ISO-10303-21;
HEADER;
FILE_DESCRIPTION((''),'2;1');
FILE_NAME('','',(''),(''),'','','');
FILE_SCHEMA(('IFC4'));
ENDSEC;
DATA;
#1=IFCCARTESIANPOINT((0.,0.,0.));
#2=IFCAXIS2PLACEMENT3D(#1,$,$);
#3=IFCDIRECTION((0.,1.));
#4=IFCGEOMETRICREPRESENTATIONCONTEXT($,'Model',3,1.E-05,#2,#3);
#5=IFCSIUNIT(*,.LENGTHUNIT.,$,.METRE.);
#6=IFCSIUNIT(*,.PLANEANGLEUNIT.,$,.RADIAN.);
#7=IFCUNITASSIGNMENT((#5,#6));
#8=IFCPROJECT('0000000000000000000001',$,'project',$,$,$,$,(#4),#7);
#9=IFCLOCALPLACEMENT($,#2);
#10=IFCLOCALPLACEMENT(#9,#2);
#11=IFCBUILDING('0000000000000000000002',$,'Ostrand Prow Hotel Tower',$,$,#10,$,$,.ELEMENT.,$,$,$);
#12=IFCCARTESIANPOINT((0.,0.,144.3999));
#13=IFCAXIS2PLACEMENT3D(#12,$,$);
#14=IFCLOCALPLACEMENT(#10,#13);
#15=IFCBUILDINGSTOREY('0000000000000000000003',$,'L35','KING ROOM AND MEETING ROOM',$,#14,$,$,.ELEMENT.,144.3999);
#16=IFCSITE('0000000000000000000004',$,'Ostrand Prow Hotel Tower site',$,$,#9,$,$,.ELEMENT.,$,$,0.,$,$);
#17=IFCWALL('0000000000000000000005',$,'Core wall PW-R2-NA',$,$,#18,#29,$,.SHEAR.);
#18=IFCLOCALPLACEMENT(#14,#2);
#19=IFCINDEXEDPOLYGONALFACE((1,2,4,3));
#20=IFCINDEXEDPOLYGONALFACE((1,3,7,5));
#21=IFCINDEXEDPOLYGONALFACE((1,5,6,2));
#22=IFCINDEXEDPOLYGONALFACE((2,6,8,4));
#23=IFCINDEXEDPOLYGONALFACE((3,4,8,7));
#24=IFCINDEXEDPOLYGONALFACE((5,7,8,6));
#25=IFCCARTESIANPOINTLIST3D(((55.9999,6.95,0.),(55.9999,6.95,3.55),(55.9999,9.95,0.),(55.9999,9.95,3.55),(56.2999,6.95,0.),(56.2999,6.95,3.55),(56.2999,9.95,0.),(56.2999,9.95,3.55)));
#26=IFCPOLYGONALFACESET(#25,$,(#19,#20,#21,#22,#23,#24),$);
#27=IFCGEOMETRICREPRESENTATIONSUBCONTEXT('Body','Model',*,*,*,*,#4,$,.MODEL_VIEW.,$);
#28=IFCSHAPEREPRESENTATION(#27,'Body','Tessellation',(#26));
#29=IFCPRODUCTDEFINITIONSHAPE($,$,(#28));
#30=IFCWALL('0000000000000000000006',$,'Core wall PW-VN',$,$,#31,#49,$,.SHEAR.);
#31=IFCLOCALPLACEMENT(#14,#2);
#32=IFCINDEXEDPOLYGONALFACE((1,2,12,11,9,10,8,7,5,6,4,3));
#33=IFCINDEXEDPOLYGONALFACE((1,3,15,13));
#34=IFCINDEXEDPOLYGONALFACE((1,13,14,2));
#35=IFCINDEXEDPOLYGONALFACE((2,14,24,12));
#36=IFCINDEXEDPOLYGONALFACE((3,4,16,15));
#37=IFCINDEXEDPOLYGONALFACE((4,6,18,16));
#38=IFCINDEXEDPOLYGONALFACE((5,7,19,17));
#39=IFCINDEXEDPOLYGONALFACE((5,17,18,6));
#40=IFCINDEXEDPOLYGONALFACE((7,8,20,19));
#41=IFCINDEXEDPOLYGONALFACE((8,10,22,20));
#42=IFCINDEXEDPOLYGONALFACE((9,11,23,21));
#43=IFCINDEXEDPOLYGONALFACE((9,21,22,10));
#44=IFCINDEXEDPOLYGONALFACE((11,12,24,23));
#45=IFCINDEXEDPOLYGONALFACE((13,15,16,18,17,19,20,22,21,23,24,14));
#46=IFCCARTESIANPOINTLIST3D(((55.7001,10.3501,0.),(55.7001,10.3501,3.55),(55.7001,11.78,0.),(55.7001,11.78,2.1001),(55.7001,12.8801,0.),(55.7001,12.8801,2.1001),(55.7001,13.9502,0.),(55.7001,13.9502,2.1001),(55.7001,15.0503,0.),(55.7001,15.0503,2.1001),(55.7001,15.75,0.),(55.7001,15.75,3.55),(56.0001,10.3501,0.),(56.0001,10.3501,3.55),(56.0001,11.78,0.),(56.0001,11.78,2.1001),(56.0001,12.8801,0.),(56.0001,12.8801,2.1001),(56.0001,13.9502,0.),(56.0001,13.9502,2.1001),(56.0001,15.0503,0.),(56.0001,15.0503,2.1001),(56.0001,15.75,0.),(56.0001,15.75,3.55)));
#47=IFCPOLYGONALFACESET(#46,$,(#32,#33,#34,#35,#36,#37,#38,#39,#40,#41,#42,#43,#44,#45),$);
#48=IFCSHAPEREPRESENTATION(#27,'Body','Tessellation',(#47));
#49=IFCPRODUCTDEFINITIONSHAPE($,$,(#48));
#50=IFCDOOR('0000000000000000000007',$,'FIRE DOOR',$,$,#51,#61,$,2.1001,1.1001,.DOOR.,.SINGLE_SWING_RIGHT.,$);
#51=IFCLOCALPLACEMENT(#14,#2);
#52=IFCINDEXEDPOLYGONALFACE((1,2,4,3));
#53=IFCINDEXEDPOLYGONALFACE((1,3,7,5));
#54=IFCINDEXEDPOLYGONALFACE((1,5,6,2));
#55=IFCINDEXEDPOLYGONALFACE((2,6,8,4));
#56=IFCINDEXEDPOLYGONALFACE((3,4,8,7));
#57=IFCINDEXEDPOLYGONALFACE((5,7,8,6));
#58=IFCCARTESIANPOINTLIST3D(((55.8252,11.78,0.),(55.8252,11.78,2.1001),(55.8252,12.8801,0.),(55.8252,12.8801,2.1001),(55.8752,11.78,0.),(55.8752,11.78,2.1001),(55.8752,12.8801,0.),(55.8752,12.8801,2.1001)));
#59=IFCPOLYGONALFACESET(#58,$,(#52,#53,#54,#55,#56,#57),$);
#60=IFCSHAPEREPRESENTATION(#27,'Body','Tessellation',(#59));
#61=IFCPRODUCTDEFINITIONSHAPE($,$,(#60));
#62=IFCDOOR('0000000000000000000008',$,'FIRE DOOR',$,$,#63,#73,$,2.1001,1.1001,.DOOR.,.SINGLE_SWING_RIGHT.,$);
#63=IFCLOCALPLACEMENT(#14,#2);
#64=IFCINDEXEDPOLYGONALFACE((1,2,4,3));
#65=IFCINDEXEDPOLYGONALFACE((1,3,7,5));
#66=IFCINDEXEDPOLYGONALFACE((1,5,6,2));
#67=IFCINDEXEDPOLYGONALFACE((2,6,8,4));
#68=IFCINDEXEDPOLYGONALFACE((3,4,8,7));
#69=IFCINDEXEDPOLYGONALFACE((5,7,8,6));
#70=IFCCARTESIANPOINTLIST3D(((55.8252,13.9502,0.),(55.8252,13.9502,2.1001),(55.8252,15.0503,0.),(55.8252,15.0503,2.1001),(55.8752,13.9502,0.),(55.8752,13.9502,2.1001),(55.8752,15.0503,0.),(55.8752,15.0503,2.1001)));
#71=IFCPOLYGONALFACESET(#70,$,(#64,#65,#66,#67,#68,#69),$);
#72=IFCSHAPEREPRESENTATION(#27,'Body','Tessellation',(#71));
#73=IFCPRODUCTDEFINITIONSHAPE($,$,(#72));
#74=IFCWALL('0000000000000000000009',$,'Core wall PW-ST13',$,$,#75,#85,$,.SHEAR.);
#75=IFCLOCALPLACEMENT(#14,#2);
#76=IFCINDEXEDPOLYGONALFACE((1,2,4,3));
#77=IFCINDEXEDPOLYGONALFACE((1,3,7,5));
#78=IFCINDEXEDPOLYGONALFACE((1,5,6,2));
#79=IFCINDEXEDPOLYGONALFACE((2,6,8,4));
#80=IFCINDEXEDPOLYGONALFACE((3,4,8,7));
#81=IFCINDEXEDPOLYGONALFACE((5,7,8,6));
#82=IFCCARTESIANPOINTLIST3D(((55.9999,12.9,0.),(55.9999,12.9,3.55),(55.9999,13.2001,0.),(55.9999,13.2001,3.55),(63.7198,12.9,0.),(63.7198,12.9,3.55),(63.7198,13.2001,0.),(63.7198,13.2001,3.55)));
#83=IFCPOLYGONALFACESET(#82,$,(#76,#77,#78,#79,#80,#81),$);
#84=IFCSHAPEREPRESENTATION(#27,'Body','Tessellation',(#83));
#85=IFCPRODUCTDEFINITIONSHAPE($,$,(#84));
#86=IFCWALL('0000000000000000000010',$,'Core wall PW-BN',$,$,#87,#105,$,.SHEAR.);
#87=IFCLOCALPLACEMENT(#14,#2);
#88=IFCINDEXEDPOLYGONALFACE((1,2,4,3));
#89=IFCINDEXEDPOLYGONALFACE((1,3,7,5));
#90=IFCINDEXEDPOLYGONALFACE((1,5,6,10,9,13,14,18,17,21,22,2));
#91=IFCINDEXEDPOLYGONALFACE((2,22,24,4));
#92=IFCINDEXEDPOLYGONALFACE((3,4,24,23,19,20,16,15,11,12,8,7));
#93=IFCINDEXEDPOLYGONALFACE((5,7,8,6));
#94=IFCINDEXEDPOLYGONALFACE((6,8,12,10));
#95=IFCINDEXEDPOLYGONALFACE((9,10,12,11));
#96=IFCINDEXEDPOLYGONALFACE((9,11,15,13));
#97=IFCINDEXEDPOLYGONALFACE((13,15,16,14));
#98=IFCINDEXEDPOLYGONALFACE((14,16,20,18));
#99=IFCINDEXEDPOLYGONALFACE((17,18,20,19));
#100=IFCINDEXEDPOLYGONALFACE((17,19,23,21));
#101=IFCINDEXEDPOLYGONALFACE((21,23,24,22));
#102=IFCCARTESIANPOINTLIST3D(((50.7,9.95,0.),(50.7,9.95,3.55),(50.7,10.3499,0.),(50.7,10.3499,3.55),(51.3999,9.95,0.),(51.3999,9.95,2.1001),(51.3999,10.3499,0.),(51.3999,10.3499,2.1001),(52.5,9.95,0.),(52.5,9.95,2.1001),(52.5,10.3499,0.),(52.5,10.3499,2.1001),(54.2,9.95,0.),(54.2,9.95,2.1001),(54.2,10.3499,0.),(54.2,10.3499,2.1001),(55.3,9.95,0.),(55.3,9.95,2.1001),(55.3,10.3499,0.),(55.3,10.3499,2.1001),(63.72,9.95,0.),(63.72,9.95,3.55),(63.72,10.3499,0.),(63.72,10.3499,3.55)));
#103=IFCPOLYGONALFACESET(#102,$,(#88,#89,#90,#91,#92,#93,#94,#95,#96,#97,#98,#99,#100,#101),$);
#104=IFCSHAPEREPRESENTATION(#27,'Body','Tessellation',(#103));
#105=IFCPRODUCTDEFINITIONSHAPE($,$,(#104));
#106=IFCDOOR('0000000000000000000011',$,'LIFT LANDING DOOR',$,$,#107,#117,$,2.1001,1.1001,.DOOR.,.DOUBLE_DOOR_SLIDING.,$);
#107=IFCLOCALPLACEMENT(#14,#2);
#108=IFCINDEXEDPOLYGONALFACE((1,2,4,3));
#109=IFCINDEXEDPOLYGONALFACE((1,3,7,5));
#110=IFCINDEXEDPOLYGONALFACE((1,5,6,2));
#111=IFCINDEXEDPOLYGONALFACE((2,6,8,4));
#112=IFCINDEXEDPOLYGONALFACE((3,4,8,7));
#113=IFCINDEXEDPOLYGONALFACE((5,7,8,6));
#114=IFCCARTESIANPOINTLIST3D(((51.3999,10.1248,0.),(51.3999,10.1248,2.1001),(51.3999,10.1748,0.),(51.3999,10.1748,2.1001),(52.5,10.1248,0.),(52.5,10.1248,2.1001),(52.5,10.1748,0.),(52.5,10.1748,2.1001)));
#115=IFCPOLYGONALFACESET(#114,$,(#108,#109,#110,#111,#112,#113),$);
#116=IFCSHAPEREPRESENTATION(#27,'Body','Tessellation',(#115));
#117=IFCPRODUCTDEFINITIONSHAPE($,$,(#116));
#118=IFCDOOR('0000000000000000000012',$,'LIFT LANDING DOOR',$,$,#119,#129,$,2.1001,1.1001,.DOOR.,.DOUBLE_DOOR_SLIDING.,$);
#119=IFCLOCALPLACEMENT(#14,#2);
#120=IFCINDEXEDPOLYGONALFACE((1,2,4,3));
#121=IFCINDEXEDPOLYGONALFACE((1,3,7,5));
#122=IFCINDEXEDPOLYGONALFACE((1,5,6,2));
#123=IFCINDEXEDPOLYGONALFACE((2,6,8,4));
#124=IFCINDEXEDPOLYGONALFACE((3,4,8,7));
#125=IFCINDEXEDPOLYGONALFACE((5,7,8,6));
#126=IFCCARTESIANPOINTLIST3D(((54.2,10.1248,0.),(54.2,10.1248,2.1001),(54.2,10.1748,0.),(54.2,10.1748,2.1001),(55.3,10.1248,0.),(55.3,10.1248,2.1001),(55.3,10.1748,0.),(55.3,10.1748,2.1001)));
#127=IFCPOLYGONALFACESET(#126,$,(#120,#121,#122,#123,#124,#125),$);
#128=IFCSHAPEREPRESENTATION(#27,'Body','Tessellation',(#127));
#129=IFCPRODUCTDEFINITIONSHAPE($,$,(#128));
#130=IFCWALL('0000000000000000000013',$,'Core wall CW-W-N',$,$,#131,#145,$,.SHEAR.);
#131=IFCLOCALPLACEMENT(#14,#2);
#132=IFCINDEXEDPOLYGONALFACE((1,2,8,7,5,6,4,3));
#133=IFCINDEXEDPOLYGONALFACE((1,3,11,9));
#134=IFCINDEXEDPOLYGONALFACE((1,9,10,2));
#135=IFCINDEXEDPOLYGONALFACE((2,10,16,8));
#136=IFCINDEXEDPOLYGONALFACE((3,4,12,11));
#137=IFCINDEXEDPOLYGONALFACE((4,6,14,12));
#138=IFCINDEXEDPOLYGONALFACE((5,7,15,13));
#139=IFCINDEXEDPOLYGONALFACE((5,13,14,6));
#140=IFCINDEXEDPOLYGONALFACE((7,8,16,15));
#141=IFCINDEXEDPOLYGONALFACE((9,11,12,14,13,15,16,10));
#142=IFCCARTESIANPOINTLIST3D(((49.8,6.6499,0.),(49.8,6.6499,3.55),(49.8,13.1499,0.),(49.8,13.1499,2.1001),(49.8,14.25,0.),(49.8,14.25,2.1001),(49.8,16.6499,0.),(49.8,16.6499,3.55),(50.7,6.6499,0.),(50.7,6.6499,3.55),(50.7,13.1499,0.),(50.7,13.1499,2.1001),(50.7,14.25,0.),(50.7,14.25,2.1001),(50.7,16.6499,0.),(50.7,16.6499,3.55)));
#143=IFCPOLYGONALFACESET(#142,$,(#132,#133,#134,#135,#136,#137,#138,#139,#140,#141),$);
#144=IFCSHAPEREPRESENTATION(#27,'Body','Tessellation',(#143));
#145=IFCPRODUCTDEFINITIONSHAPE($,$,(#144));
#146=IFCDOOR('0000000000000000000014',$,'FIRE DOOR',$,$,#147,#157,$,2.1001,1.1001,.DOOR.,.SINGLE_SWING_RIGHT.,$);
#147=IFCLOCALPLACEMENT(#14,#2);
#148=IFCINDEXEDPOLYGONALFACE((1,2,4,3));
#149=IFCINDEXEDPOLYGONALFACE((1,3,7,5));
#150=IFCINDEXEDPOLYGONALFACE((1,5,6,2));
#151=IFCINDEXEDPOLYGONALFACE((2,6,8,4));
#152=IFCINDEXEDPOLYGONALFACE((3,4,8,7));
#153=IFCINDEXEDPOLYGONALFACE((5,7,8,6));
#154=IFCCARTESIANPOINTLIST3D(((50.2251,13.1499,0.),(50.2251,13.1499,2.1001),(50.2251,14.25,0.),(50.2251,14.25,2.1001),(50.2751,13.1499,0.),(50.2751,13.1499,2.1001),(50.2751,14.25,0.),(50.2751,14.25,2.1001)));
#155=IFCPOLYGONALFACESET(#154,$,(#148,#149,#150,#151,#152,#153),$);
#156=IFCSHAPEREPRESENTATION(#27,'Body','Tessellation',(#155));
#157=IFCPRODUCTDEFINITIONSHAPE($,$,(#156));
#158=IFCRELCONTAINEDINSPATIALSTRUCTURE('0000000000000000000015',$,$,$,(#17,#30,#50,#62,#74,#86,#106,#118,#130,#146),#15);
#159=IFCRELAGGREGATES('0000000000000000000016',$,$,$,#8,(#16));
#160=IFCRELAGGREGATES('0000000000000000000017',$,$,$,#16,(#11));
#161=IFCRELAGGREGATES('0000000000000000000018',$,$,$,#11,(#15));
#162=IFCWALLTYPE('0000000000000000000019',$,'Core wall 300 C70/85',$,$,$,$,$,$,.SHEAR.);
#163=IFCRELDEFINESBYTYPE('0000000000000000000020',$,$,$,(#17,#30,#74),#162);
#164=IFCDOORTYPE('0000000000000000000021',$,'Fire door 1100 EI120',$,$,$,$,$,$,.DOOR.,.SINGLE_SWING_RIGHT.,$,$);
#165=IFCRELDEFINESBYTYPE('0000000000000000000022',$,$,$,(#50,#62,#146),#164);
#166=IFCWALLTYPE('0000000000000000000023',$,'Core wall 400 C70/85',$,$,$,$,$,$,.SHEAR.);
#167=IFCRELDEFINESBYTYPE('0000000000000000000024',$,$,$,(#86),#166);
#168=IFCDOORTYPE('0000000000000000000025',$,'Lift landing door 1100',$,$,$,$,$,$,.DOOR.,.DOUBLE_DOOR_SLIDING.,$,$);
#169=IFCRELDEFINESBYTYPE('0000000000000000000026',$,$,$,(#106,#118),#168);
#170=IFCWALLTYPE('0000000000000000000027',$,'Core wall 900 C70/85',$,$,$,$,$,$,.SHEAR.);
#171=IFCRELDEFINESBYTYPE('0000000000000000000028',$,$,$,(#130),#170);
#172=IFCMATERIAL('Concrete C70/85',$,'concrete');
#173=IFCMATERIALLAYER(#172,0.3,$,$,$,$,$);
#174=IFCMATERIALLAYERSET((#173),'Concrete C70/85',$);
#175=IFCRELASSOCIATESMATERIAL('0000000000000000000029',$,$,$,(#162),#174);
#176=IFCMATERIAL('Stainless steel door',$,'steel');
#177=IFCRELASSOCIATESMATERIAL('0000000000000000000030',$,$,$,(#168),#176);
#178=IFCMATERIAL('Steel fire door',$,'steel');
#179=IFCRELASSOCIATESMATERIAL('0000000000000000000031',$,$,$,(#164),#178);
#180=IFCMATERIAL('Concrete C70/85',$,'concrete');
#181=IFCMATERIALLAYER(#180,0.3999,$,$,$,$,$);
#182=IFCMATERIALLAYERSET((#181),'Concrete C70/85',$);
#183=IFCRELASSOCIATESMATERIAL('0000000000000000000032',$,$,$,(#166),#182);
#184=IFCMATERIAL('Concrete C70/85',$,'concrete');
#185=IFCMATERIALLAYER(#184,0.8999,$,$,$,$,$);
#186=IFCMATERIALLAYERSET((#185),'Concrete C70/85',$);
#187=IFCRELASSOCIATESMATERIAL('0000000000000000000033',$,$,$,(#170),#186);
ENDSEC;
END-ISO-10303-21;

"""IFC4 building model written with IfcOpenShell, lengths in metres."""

from ifc_helpers import new_model, si_unit, direction, frame, frame_2d, origin, place, context, subcontext, project, spatial, rectangle, extrude, material, layer, layer_set, type_object, element, fill, save


model = new_model("IFC4")

# Units and contexts
model_context = context("Model", 3, precision=1e-05, world=origin(), true_north=direction((0.0, 1.0)))
body_context = subcontext(model_context, "Body", "Model", "MODEL_VIEW")
ifc_project = project(units=[si_unit("LENGTHUNIT", "METRE"), si_unit("PLANEANGLEUNIT", "RADIAN")], contexts=[model_context])

# Site, building, storey
site_placement = place(None, origin())
site = spatial("IfcSite", under=ifc_project, at=site_placement, Name="Ostrand Prow Hotel Tower site", CompositionType="ELEMENT", RefElevation=0.0)
building_placement = place(site_placement, origin())
building = spatial("IfcBuilding", under=site, at=building_placement, Name="Ostrand Prow Hotel Tower", CompositionType="ELEMENT")
storey_placement = place(building_placement, frame((0.0, 0.0, 144.3999)))
storey = spatial("IfcBuildingStorey", under=building, at=storey_placement, Name="L35", Description="KING ROOM AND MEETING ROOM", CompositionType="ELEMENT", Elevation=144.3999)

# Shared definitions
ifc_material_1 = material(Name="Concrete C70/85", Category="concrete")
ifc_layer_1 = layer(ifc_material_1, 0.3)
ifc_layer_set_1 = layer_set([ifc_layer_1], Name="Concrete C70/85")
wall_type_1 = type_object("IfcWallType", Name="Core wall 300 C70/85", PredefinedType="SHEAR", material=ifc_layer_set_1)
ifc_material_2 = material(Name="Stainless steel door", Category="steel")
door_type_1 = type_object("IfcDoorType", Name="Lift landing door 1100", OperationType="DOUBLE_DOOR_SLIDING", PredefinedType="DOOR", material=ifc_material_2)

# Wall
for number, where, z_axis, x_axis, name in (
    (1, (56.1499, 6.95, 0.0), (0.0, 0.0, 1.0), (0.0, 1.0, 0.0), "Core wall PW-R2-NA"),
):
    element("IfcWall", number, at=place(storey_placement, frame(where, z_axis=z_axis, x_axis=x_axis)), inside=storey, type_object=wall_type_1, Name=name, PredefinedType="SHEAR", context=body_context, shape_type="SweptSolid", body=[
        extrude(rectangle(XDim=3.0, YDim=0.3, at=frame_2d((1.5, 0.0))), origin(), (0.0, 0.0, 1.0), 3.55),
    ])

# Wall, openings, doors
wall_1_placement = place(storey_placement, frame((55.8501, 10.3501, 0.0), z_axis=(0.0, 0.0, 1.0), x_axis=(0.0, 1.0, 0.0)))
wall_1 = element("IfcWall", 2, at=wall_1_placement, inside=storey, type_object=wall_type_1, Name="Core wall PW-VN", PredefinedType="SHEAR", context=body_context, shape_type="SweptSolid", body=[
    extrude(rectangle(XDim=5.3999, YDim=0.3, at=frame_2d((2.7, 0.0))), origin(), (0.0, 0.0, 1.0), 3.55),
])
opening_1_placement = place(wall_1_placement, frame((1.4299, 0.0, 0.0)))
opening_1 = element("IfcOpeningElement", 3, at=opening_1_placement, cuts=wall_1, PredefinedType="OPENING", context=body_context, shape_type="SweptSolid", body=[
    extrude(rectangle(XDim=1.1001, YDim=2.1001, at=frame_2d((0.55, 1.05))), frame((0.0, 0.1599, 0.0), z_axis=(0.0, -1.0, 0.0), x_axis=(1.0, 0.0, 0.0)), (0.0, 0.0, 1.0), 0.3201),
])
opening_2_placement = place(wall_1_placement, frame((3.6001, 0.0, 0.0)))
opening_2 = element("IfcOpeningElement", 4, at=opening_2_placement, cuts=wall_1, PredefinedType="OPENING", context=body_context, shape_type="SweptSolid", body=[
    extrude(rectangle(XDim=1.1001, YDim=2.1001, at=frame_2d((0.55, 1.05))), frame((0.0, 0.1599, 0.0), z_axis=(0.0, -1.0, 0.0), x_axis=(1.0, 0.0, 0.0)), (0.0, 0.0, 1.0), 0.3201),
])
ifc_material_3 = material(Name="Steel fire door", Category="steel")
door_type_2 = type_object("IfcDoorType", Name="Fire door 1100 EI120", OperationType="SINGLE_SWING_RIGHT", PredefinedType="DOOR", material=ifc_material_3)
door_1_placement = place(opening_1_placement, origin())
door_1 = element("IfcDoor", 5, at=door_1_placement, inside=storey, type_object=door_type_2, Name="FIRE DOOR", OperationType="SINGLE_SWING_RIGHT", OverallHeight=2.1001, OverallWidth=1.1001, PredefinedType="DOOR", context=body_context, shape_type="SweptSolid", body=[
    extrude(rectangle(XDim=1.1001, YDim=2.1001, at=frame_2d((0.55, 1.05))), frame((0.0, 0.0249, 0.0), z_axis=(0.0, -1.0, 0.0), x_axis=(1.0, 0.0, 0.0)), (0.0, 0.0, 1.0), 0.05),
])
fill(opening_1, door_1)
door_2_placement = place(opening_2_placement, origin())
door_2 = element("IfcDoor", 6, at=door_2_placement, inside=storey, type_object=door_type_2, Name="FIRE DOOR", OperationType="SINGLE_SWING_RIGHT", OverallHeight=2.1001, OverallWidth=1.1001, PredefinedType="DOOR", context=body_context, shape_type="SweptSolid", body=[
    extrude(rectangle(XDim=1.1001, YDim=2.1001, at=frame_2d((0.55, 1.05))), frame((0.0, 0.0249, 0.0), z_axis=(0.0, -1.0, 0.0), x_axis=(1.0, 0.0, 0.0)), (0.0, 0.0, 1.0), 0.05),
])
fill(opening_2, door_2)

# Wall
wall_2_placement = place(storey_placement, frame((56.0, 13.05, 0.0), z_axis=(0.0, 0.0, 1.0), x_axis=(1.0, 0.0, 0.0)))
element("IfcWall", 7, at=wall_2_placement, inside=storey, type_object=wall_type_1, Name="Core wall PW-ST13", PredefinedType="SHEAR", context=body_context, shape_type="SweptSolid", body=[
    extrude(rectangle(XDim=7.72, YDim=0.3, at=frame_2d((3.8599, 0.0))), origin(), (0.0, 0.0, 1.0), 3.55),
])

# Wall, openings, doors
ifc_material_4 = material(Name="Concrete C70/85", Category="concrete")
ifc_layer_2 = layer(ifc_material_4, 0.3999)
ifc_layer_set_2 = layer_set([ifc_layer_2], Name="Concrete C70/85")
wall_type_2 = type_object("IfcWallType", Name="Core wall 400 C70/85", PredefinedType="SHEAR", material=ifc_layer_set_2)
wall_3_placement = place(storey_placement, frame((50.7, 10.1499, 0.0), z_axis=(0.0, 0.0, 1.0), x_axis=(1.0, 0.0, 0.0)))
wall_3 = element("IfcWall", 8, at=wall_3_placement, inside=storey, type_object=wall_type_2, Name="Core wall PW-BN", PredefinedType="SHEAR", context=body_context, shape_type="SweptSolid", body=[
    extrude(rectangle(XDim=13.02, YDim=0.3999, at=frame_2d((6.51, 0.0))), origin(), (0.0, 0.0, 1.0), 3.55),
])
opening_3_placement = place(wall_3_placement, frame((0.7, 0.0, 0.0)))
opening_3 = element("IfcOpeningElement", 9, at=opening_3_placement, cuts=wall_3, PredefinedType="OPENING", context=body_context, shape_type="SweptSolid", body=[
    extrude(rectangle(XDim=1.1001, YDim=2.1001, at=frame_2d((0.55, 1.05))), frame((0.0, 0.21, 0.0), z_axis=(0.0, -1.0, 0.0), x_axis=(1.0, 0.0, 0.0)), (0.0, 0.0, 1.0), 0.4199),
])
opening_4_placement = place(wall_3_placement, frame((3.5, 0.0, 0.0)))
opening_4 = element("IfcOpeningElement", 10, at=opening_4_placement, cuts=wall_3, PredefinedType="OPENING", context=body_context, shape_type="SweptSolid", body=[
    extrude(rectangle(XDim=1.1001, YDim=2.1001, at=frame_2d((0.55, 1.05))), frame((0.0, 0.21, 0.0), z_axis=(0.0, -1.0, 0.0), x_axis=(1.0, 0.0, 0.0)), (0.0, 0.0, 1.0), 0.4199),
])
door_3_placement = place(opening_3_placement, origin())
door_3 = element("IfcDoor", 11, at=door_3_placement, inside=storey, type_object=door_type_1, Name="LIFT LANDING DOOR", OperationType="DOUBLE_DOOR_SLIDING", OverallHeight=2.1001, OverallWidth=1.1001, PredefinedType="DOOR", context=body_context, shape_type="SweptSolid", body=[
    extrude(rectangle(XDim=1.1001, YDim=2.1001, at=frame_2d((0.55, 1.05))), frame((0.0, 0.0249, 0.0), z_axis=(0.0, -1.0, 0.0), x_axis=(1.0, 0.0, 0.0)), (0.0, 0.0, 1.0), 0.05),
])
fill(opening_3, door_3)
door_4_placement = place(opening_4_placement, origin())
door_4 = element("IfcDoor", 12, at=door_4_placement, inside=storey, type_object=door_type_1, Name="LIFT LANDING DOOR", OperationType="DOUBLE_DOOR_SLIDING", OverallHeight=2.1001, OverallWidth=1.1001, PredefinedType="DOOR", context=body_context, shape_type="SweptSolid", body=[
    extrude(rectangle(XDim=1.1001, YDim=2.1001, at=frame_2d((0.55, 1.05))), frame((0.0, 0.0249, 0.0), z_axis=(0.0, -1.0, 0.0), x_axis=(1.0, 0.0, 0.0)), (0.0, 0.0, 1.0), 0.05),
])
fill(opening_4, door_4)

# Wall, opening, door
ifc_material_5 = material(Name="Concrete C70/85", Category="concrete")
ifc_layer_3 = layer(ifc_material_5, 0.8999)
ifc_layer_set_3 = layer_set([ifc_layer_3], Name="Concrete C70/85")
wall_type_3 = type_object("IfcWallType", Name="Core wall 900 C70/85", PredefinedType="SHEAR", material=ifc_layer_set_3)
wall_4_placement = place(storey_placement, frame((50.25, 6.6499, 0.0), z_axis=(0.0, 0.0, 1.0), x_axis=(0.0, 1.0, 0.0)))
wall_4 = element("IfcWall", 13, at=wall_4_placement, inside=storey, type_object=wall_type_3, Name="Core wall CW-W-N", PredefinedType="SHEAR", context=body_context, shape_type="SweptSolid", body=[
    extrude(rectangle(XDim=10.0, YDim=0.8999, at=frame_2d((5.0, 0.0))), origin(), (0.0, 0.0, 1.0), 3.55),
])
opening_5_placement = place(wall_4_placement, frame((6.5, 0.0, 0.0)))
opening_5 = element("IfcOpeningElement", 14, at=opening_5_placement, cuts=wall_4, PredefinedType="OPENING", context=body_context, shape_type="SweptSolid", body=[
    extrude(rectangle(XDim=1.1001, YDim=2.1001, at=frame_2d((0.55, 1.05))), frame((0.0, 0.46, 0.0), z_axis=(0.0, -1.0, 0.0), x_axis=(1.0, 0.0, 0.0)), (0.0, 0.0, 1.0), 0.9199),
])
door_5_placement = place(opening_5_placement, origin())
door_5 = element("IfcDoor", 15, at=door_5_placement, inside=storey, type_object=door_type_2, Name="FIRE DOOR", OperationType="SINGLE_SWING_RIGHT", OverallHeight=2.1001, OverallWidth=1.1001, PredefinedType="DOOR", context=body_context, shape_type="SweptSolid", body=[
    extrude(rectangle(XDim=1.1001, YDim=2.1001, at=frame_2d((0.55, 1.05))), frame((0.0, 0.0249, 0.0), z_axis=(0.0, -1.0, 0.0), x_axis=(1.0, 0.0, 0.0)), (0.0, 0.0, 1.0), 0.05),
])
fill(opening_5, door_5)

save(model, "model.ifc")
